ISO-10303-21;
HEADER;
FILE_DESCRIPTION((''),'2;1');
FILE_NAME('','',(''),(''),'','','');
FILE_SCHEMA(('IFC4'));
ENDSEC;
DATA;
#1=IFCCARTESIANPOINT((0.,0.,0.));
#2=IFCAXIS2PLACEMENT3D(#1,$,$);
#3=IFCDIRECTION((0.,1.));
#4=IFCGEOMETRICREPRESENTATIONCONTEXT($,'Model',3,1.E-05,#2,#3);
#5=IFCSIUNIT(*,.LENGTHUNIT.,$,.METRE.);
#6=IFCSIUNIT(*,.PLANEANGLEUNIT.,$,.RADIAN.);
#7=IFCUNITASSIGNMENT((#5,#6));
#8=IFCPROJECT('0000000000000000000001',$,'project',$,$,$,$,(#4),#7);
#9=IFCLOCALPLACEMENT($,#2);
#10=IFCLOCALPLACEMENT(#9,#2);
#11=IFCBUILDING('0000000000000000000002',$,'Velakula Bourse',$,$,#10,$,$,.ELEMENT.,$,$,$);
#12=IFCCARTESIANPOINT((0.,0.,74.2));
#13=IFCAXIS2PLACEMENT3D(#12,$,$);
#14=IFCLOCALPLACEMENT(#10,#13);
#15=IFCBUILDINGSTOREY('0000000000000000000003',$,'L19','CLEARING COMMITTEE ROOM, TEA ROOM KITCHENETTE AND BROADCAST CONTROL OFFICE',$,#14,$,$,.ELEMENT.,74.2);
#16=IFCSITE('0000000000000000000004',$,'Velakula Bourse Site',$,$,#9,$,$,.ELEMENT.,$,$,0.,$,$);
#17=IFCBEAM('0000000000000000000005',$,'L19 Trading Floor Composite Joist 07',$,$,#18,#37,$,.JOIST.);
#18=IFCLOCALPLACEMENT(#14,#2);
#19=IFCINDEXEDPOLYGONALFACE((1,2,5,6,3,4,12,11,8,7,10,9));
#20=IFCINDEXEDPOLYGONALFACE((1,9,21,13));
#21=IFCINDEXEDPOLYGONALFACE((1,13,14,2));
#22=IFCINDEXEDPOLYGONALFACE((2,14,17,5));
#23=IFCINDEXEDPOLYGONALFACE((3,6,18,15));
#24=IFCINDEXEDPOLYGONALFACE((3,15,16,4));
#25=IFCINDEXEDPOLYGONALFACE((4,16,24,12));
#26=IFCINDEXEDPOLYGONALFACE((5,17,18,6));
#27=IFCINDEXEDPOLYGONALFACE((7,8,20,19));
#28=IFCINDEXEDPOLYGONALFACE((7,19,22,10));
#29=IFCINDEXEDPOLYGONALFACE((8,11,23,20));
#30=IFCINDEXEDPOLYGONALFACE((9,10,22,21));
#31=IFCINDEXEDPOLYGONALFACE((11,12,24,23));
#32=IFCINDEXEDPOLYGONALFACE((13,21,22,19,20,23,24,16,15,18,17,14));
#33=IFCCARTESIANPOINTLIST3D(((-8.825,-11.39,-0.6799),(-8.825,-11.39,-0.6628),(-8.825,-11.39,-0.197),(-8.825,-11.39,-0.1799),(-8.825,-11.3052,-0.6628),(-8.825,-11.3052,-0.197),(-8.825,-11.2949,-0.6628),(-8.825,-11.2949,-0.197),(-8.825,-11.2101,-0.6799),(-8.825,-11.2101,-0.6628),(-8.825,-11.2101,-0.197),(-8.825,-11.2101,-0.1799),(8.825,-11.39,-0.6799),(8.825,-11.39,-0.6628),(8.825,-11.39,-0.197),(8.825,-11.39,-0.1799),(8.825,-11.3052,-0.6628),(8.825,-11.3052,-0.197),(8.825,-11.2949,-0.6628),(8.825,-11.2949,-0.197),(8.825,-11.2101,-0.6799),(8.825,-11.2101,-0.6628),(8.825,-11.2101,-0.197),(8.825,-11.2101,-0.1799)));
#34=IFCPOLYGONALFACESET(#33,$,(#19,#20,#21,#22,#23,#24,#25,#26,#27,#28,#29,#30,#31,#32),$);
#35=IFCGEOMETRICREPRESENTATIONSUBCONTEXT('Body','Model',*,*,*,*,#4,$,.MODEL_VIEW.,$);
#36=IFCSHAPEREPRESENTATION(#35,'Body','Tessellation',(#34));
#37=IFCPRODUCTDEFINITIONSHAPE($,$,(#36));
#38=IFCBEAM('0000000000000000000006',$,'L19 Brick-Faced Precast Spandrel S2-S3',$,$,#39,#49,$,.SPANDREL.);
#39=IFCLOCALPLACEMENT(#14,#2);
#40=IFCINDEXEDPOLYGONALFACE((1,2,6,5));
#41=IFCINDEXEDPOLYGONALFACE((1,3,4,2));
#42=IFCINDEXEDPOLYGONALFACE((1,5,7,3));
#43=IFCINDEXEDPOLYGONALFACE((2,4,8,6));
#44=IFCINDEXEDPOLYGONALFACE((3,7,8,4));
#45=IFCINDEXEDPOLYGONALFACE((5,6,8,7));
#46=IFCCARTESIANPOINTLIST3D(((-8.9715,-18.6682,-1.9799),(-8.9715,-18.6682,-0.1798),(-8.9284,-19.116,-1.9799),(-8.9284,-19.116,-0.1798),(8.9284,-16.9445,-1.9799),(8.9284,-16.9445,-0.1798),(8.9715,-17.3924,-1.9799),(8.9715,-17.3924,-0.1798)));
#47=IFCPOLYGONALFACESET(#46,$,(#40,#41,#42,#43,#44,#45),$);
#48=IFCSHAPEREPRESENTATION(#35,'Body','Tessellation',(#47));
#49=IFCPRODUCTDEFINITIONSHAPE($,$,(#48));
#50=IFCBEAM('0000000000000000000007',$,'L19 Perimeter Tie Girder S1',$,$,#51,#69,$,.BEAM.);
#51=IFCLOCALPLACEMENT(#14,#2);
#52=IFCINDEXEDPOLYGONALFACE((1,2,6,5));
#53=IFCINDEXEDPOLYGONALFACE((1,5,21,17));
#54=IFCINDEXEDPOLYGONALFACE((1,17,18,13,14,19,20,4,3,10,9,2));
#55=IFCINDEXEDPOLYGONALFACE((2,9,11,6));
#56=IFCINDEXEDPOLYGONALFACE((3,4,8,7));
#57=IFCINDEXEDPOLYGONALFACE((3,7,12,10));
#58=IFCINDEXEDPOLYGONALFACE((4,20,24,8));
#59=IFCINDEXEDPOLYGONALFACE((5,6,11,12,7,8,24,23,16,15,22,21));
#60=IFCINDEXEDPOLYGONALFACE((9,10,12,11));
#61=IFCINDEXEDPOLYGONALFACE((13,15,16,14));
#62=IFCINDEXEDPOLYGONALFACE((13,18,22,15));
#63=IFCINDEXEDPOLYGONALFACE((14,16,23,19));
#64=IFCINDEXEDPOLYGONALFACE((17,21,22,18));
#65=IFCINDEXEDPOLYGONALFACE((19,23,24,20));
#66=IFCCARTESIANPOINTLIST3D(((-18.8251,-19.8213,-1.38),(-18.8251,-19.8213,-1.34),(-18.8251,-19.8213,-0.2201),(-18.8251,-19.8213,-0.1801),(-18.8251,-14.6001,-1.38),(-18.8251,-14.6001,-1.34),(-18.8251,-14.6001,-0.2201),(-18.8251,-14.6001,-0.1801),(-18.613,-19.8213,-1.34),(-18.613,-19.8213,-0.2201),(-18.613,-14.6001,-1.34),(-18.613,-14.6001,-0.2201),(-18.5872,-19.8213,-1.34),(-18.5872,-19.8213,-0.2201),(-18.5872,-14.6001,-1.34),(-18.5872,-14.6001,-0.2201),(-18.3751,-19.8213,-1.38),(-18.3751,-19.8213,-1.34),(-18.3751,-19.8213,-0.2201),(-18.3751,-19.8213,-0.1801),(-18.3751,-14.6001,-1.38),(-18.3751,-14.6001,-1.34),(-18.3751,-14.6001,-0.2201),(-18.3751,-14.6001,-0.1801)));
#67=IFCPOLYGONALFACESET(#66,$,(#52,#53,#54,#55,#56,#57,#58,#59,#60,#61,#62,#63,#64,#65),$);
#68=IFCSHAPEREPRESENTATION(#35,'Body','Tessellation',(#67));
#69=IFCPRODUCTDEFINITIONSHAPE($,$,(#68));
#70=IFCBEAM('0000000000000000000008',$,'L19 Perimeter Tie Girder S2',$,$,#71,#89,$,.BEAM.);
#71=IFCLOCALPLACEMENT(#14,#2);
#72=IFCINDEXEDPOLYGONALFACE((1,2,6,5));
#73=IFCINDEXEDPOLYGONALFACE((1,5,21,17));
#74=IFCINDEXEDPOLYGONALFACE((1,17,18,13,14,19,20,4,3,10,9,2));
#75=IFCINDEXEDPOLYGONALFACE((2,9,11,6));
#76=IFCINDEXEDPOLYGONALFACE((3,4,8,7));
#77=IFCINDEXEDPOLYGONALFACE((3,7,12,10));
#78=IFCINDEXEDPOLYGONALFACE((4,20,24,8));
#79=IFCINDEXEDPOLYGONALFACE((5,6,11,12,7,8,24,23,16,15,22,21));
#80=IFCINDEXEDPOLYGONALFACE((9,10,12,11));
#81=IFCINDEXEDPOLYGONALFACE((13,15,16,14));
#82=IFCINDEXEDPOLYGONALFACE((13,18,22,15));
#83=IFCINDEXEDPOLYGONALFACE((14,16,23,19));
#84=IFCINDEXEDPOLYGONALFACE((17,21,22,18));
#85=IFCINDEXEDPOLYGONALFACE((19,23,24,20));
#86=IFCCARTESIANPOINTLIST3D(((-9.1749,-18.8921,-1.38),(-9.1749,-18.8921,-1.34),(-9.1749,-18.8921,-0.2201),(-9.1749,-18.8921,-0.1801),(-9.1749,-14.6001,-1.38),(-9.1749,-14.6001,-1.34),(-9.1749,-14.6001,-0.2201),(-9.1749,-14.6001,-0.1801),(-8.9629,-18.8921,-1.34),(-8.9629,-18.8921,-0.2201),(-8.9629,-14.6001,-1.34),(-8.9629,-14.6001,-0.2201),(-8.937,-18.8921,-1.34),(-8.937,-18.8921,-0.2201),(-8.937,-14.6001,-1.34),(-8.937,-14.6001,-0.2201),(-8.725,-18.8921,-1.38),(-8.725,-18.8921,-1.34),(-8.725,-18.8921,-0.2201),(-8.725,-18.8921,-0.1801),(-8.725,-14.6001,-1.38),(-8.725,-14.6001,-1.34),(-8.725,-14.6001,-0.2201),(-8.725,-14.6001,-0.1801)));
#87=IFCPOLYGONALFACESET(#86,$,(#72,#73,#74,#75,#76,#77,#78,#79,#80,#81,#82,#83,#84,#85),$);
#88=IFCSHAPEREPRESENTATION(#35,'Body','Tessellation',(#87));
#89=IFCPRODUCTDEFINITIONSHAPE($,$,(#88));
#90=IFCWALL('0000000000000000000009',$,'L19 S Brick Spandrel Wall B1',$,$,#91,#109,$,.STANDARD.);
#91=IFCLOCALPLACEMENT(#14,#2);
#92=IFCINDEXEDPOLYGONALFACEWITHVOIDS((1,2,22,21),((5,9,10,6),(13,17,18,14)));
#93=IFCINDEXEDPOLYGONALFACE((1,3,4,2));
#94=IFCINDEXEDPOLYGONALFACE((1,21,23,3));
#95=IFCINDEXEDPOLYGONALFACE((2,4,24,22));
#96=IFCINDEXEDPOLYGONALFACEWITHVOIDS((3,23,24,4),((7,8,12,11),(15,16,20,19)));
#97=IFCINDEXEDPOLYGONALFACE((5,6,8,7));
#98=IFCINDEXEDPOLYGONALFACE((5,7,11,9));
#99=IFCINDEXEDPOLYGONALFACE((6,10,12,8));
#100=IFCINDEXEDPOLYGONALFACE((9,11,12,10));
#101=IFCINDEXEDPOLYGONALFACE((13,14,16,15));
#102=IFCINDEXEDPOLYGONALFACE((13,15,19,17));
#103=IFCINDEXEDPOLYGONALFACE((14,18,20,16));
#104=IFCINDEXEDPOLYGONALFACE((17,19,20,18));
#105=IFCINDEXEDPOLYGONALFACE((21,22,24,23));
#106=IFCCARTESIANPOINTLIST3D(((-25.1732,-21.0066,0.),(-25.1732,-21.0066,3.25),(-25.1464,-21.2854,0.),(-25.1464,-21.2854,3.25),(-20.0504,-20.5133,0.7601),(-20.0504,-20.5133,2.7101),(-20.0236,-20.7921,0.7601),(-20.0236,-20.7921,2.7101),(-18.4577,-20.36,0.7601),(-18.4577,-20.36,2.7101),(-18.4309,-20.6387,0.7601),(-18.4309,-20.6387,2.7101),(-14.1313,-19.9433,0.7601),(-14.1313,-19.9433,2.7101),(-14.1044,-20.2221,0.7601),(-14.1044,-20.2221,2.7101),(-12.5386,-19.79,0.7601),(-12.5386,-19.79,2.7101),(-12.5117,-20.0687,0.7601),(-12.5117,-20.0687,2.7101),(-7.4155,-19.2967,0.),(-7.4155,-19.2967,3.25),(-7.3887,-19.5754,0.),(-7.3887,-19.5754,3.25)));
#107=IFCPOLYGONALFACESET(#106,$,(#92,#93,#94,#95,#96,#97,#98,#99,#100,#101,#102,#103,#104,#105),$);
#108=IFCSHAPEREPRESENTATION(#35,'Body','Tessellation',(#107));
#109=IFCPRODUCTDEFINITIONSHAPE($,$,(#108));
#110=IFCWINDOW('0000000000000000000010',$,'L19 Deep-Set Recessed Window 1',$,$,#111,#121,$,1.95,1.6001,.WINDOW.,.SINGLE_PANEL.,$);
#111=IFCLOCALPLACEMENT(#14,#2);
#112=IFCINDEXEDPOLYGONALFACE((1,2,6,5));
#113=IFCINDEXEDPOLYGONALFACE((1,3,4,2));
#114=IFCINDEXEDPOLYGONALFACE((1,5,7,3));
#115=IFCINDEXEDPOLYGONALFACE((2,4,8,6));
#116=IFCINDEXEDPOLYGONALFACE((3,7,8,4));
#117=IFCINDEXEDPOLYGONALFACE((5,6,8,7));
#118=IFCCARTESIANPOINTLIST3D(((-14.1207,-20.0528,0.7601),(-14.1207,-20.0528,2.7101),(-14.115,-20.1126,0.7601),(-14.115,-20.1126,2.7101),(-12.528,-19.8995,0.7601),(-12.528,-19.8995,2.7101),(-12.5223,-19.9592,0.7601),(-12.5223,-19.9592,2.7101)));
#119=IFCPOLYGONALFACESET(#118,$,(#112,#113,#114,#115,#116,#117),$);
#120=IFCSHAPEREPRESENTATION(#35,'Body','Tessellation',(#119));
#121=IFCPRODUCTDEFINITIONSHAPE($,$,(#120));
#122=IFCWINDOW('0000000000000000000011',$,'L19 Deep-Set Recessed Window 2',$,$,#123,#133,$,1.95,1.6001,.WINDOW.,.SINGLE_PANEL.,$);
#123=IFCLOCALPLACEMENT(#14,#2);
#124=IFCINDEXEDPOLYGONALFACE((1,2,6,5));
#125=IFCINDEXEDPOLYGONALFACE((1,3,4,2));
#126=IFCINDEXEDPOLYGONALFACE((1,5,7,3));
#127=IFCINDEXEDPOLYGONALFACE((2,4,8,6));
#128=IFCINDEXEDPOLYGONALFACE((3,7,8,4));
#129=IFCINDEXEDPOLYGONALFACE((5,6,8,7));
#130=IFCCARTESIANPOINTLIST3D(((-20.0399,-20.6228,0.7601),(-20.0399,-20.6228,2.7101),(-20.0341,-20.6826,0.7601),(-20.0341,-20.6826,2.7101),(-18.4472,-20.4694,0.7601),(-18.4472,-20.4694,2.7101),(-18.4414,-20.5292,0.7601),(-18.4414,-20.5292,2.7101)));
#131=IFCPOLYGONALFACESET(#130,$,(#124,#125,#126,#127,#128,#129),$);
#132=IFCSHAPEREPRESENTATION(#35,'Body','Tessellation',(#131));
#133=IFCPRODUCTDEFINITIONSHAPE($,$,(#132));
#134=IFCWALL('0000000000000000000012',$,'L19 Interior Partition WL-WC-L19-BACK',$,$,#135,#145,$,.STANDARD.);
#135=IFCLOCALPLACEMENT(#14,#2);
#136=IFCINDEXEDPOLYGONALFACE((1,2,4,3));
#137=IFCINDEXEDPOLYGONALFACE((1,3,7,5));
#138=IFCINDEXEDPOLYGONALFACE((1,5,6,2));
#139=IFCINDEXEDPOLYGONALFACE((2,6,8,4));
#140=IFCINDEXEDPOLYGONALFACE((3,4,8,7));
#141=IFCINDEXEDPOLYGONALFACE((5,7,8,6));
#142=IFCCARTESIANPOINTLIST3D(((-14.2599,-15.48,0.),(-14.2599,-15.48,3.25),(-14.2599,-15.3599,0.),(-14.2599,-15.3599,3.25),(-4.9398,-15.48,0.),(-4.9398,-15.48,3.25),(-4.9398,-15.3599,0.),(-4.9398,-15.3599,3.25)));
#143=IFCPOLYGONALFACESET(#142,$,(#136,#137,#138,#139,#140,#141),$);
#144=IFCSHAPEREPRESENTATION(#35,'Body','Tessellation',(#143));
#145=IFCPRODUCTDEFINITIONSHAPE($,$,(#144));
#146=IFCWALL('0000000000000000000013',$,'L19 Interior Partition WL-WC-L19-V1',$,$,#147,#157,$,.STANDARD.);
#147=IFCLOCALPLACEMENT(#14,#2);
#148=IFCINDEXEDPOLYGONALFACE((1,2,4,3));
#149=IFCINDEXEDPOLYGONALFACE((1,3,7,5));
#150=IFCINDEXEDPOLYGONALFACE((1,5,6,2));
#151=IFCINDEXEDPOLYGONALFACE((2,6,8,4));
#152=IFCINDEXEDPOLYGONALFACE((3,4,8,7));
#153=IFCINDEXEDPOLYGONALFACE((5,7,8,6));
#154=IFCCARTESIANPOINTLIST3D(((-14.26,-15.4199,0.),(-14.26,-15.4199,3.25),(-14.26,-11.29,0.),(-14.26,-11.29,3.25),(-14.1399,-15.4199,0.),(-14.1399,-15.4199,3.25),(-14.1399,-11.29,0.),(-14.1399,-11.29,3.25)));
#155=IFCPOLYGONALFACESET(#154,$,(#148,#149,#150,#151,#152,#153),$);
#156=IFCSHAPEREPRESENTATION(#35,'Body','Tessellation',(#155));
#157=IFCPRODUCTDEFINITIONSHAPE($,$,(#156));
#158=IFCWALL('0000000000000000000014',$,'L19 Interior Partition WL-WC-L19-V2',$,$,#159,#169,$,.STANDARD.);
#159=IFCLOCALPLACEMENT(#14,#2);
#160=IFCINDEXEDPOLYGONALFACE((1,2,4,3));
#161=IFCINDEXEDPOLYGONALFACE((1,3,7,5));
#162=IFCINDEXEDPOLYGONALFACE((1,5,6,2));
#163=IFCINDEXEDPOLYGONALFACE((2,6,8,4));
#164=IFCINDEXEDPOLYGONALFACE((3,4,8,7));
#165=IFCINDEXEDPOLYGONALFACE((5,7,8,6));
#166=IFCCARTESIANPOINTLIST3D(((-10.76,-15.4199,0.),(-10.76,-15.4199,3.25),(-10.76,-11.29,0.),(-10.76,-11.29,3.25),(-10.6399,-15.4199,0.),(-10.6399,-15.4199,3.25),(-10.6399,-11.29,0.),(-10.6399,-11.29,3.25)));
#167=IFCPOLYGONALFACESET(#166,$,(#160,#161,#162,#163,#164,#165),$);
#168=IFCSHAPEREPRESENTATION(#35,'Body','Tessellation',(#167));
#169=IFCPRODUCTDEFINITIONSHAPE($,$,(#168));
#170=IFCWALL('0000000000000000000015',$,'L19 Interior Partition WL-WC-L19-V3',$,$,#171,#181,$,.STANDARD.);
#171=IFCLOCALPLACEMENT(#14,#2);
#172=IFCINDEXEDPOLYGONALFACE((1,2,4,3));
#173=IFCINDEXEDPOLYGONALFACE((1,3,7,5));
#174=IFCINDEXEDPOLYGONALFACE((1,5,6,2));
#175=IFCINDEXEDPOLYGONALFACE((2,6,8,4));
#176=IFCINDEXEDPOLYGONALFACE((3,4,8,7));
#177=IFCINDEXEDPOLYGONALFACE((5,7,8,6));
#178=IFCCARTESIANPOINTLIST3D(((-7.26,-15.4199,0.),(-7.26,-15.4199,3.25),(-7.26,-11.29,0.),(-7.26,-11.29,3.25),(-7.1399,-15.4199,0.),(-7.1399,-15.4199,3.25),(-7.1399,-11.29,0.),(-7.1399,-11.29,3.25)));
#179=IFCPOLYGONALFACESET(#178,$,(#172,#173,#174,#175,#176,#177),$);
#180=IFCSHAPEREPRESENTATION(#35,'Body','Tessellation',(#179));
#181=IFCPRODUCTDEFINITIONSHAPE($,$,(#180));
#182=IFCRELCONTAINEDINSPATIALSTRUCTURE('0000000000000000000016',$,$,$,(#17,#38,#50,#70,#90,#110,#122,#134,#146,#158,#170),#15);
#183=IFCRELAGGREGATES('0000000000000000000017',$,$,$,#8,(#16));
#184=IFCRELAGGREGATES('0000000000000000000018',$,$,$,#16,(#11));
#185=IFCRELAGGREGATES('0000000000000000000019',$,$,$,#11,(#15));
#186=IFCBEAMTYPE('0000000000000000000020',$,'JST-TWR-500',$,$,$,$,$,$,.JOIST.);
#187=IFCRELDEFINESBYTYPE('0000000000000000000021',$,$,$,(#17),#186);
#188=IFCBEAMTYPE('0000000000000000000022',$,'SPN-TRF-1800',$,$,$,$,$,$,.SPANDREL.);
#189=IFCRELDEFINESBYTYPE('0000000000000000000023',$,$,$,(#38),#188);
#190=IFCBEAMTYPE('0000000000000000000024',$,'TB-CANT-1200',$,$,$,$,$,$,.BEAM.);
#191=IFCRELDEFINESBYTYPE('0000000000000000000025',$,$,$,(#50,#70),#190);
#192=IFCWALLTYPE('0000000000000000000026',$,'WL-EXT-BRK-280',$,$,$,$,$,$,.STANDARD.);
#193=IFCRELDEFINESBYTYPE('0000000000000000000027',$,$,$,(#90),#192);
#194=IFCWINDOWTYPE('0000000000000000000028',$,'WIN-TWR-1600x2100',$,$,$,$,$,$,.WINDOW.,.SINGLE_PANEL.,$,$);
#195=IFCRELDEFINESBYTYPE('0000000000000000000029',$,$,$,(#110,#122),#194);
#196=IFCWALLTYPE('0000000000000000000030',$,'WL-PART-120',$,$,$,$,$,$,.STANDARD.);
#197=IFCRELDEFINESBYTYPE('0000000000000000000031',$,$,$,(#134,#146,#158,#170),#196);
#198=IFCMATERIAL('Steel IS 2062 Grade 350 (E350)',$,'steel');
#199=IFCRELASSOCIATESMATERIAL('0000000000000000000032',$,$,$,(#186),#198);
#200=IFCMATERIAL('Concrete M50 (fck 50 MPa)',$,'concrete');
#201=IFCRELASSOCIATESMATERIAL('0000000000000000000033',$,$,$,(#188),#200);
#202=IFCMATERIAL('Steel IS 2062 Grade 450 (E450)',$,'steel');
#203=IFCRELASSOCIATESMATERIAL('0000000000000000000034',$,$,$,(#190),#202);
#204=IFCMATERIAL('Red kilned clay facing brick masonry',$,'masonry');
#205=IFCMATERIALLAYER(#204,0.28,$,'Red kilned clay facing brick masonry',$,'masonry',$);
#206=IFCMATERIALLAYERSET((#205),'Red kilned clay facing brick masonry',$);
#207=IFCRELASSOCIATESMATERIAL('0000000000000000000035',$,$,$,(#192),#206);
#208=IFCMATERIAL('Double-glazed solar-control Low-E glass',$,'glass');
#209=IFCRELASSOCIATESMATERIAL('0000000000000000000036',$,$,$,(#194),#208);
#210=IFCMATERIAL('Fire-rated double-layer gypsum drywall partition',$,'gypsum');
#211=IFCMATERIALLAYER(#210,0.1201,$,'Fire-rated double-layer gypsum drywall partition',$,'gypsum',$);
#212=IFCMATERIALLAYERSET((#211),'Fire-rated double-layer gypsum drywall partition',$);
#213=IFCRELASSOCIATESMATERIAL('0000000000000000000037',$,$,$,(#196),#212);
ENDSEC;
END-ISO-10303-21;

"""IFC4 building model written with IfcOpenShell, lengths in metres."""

from ifc_helpers import new_model, si_unit, direction, frame, frame_2d, origin, origin_2d, place, context, subcontext, project, spatial, rectangle, i_section, extrude, material, layer, layer_set, material_profile, profile_set, type_object, element, fill, save


model = new_model("IFC4")

# Units and contexts
model_context = context("Model", 3, precision=1e-05, world=origin(), true_north=direction((0.0, 1.0)))
body_context = subcontext(model_context, "Body", "Model", "MODEL_VIEW")
ifc_project = project(units=[si_unit("LENGTHUNIT", "METRE"), si_unit("PLANEANGLEUNIT", "RADIAN")], contexts=[model_context])

# Site, building, storey
site_placement = place(None, origin())
site = spatial("IfcSite", under=ifc_project, at=site_placement, Name="Velakula Bourse Site", CompositionType="ELEMENT", RefElevation=0.0)
building_placement = place(site_placement, origin())
building = spatial("IfcBuilding", under=site, at=building_placement, Name="Velakula Bourse", CompositionType="ELEMENT")
storey_placement = place(building_placement, frame((0.0, 0.0, 74.2)))
storey = spatial("IfcBuildingStorey", under=building, at=storey_placement, Name="L19", Description="CLEARING COMMITTEE ROOM, TEA ROOM KITCHENETTE AND BROADCAST CONTROL OFFICE", CompositionType="ELEMENT", Elevation=74.2)

# Shared definitions
ifc_material_1 = material(Name="Steel IS 2062 Grade 450 (E450)", Category="steel")

# Beams
ifc_material_2 = material(Name="Steel IS 2062 Grade 350 (E350)", Category="steel")
ifc_material_profile_1 = material_profile(ifc_material_2, i_section(OverallWidth=0.1799, OverallDepth=0.5, WebThickness=0.0103, FlangeThickness=0.0171, at=origin_2d()), Name="Steel IS 2062 Grade 350 (E350)")
ifc_profile_set_1 = profile_set([ifc_material_profile_1], Name="Steel IS 2062 Grade 350 (E350)")
beam_type_1 = type_object("IfcBeamType", Name="JST-TWR-500", PredefinedType="JOIST", material=ifc_profile_set_1)
beam_1_placement = place(storey_placement, frame((-8.825, -11.3, -0.4299), z_axis=(1.0, 0.0, 0.0), x_axis=(0.0, 1.0, 0.0)))
element("IfcBeam", 1, at=beam_1_placement, inside=storey, type_object=beam_type_1, Name="L19 Trading Floor Composite Joist 07", PredefinedType="JOIST", context=body_context, shape_type="SweptSolid", body=[
    extrude(i_section(OverallWidth=0.1799, OverallDepth=0.5, WebThickness=0.0103, FlangeThickness=0.0171, at=origin_2d()), origin(), (0.0, 0.0, 1.0), 17.6499),
])
ifc_material_3 = material(Name="Concrete M50 (fck 50 MPa)", Category="concrete")
ifc_material_profile_2 = material_profile(ifc_material_3, rectangle(XDim=0.45, YDim=1.8, at=origin_2d()), Name="Concrete M50 (fck 50 MPa)")
ifc_profile_set_2 = profile_set([ifc_material_profile_2], Name="Concrete M50 (fck 50 MPa)")
beam_type_2 = type_object("IfcBeamType", Name="SPN-TRF-1800", PredefinedType="SPANDREL", material=ifc_profile_set_2)
beam_2_placement = place(storey_placement, frame((-8.95, -18.8921, -1.0798), z_axis=(0.995396, 0.09585, 0.0), x_axis=(-0.09585, 0.995396, 0.0)))
element("IfcBeam", 2, at=beam_2_placement, inside=storey, type_object=beam_type_2, Name="L19 Brick-Faced Precast Spandrel S2-S3", PredefinedType="SPANDREL", context=body_context, shape_type="SweptSolid", body=[
    extrude(rectangle(XDim=0.45, YDim=1.8, at=origin_2d()), origin(), (0.0, 0.0, 1.0), 17.9827),
])
ifc_material_profile_3 = material_profile(ifc_material_1, i_section(OverallWidth=0.45, OverallDepth=1.2, WebThickness=0.0259, FlangeThickness=0.04, at=origin_2d()), Name="Steel IS 2062 Grade 450 (E450)")
ifc_profile_set_3 = profile_set([ifc_material_profile_3], Name="Steel IS 2062 Grade 450 (E450)")
beam_type_3 = type_object("IfcBeamType", Name="TB-CANT-1200", PredefinedType="BEAM", material=ifc_profile_set_3)
beam_3_placement = place(storey_placement, frame((-18.6001, -14.6001, -0.78), z_axis=(0.0, -1.0, 0.0), x_axis=(1.0, 0.0, 0.0)))
element("IfcBeam", 3, at=beam_3_placement, inside=storey, type_object=beam_type_3, Name="L19 Perimeter Tie Girder S1", PredefinedType="BEAM", context=body_context, shape_type="SweptSolid", body=[
    extrude(i_section(OverallWidth=0.45, OverallDepth=1.2, WebThickness=0.0259, FlangeThickness=0.04, at=origin_2d()), origin(), (0.0, 0.0, 1.0), 5.2212),
])
beam_4_placement = place(storey_placement, frame((-8.95, -14.6001, -0.78), z_axis=(0.0, -1.0, 0.0), x_axis=(1.0, 0.0, 0.0)))
element("IfcBeam", 4, at=beam_4_placement, inside=storey, type_object=beam_type_3, Name="L19 Perimeter Tie Girder S2", PredefinedType="BEAM", context=body_context, shape_type="SweptSolid", body=[
    extrude(i_section(OverallWidth=0.45, OverallDepth=1.2, WebThickness=0.0259, FlangeThickness=0.04, at=origin_2d()), origin(), (0.0, 0.0, 1.0), 4.292),
])

# Wall, openings, windows
ifc_material_4 = material(Name="Red kilned clay facing brick masonry", Category="masonry")
ifc_layer_1 = layer(ifc_material_4, 0.28, Name="Red kilned clay facing brick masonry", Category="masonry")
ifc_layer_set_1 = layer_set([ifc_layer_1], Name="Red kilned clay facing brick masonry")
wall_type_1 = type_object("IfcWallType", Name="WL-EXT-BRK-280", PredefinedType="STANDARD", material=ifc_layer_set_1)
wall_1_placement = place(storey_placement, frame((-7.4021, -19.436, 0.0), z_axis=(0.0, 0.0, 1.0), x_axis=(-0.995396, -0.09585, 0.0)))
wall_1 = element("IfcWall", 5, at=wall_1_placement, inside=storey, type_object=wall_type_1, Name="L19 S Brick Spandrel Wall B1", PredefinedType="STANDARD", context=body_context, shape_type="SweptSolid", body=[
    extrude(rectangle(XDim=17.8398, YDim=0.28, at=frame_2d((8.9199, 0.0))), origin(), (0.0, 0.0, 1.0), 3.25),
])
opening_1_placement = place(wall_1_placement, frame((5.1467, 0.0, 0.76)))
opening_1 = element("IfcOpeningElement", 6, at=opening_1_placement, cuts=wall_1, PredefinedType="OPENING", context=body_context, shape_type="SweptSolid", body=[
    extrude(rectangle(XDim=1.6001, YDim=1.95, at=frame_2d((0.8, 0.9751))), frame((0.0, 0.1499, 0.0), z_axis=(0.0, -1.0, 0.0), x_axis=(1.0, 0.0, 0.0)), (0.0, 0.0, 1.0), 0.3),
])
opening_2_placement = place(wall_1_placement, frame((11.0933, 0.0, 0.76)))
opening_2 = element("IfcOpeningElement", 7, at=opening_2_placement, cuts=wall_1, PredefinedType="OPENING", context=body_context, shape_type="SweptSolid", body=[
    extrude(rectangle(XDim=1.6001, YDim=1.95, at=frame_2d((0.8, 0.9751))), frame((0.0, 0.1499, 0.0), z_axis=(0.0, -1.0, 0.0), x_axis=(1.0, 0.0, 0.0)), (0.0, 0.0, 1.0), 0.3),
])
ifc_material_5 = material(Name="Double-glazed solar-control Low-E glass", Category="glass")
window_type = type_object("IfcWindowType", Name="WIN-TWR-1600x2100", PartitioningType="SINGLE_PANEL", PredefinedType="WINDOW", material=ifc_material_5)
window_1_placement = place(opening_1_placement, origin())
window_1 = element("IfcWindow", 8, at=window_1_placement, inside=storey, type_object=window_type, Name="L19 Deep-Set Recessed Window 1", OverallHeight=1.95, OverallWidth=1.6001, PartitioningType="SINGLE_PANEL", PredefinedType="WINDOW", context=body_context, shape_type="SweptSolid", body=[
    extrude(rectangle(XDim=1.6001, YDim=1.95, at=frame_2d((0.8, 0.9751))), frame((0.0, 0.03, 0.0), z_axis=(0.0, -1.0, 0.0), x_axis=(1.0, 0.0, 0.0)), (0.0, 0.0, 1.0), 0.0601),
])
fill(opening_1, window_1)
window_2_placement = place(opening_2_placement, origin())
window_2 = element("IfcWindow", 9, at=window_2_placement, inside=storey, type_object=window_type, Name="L19 Deep-Set Recessed Window 2", OverallHeight=1.95, OverallWidth=1.6001, PartitioningType="SINGLE_PANEL", PredefinedType="WINDOW", context=body_context, shape_type="SweptSolid", body=[
    extrude(rectangle(XDim=1.6001, YDim=1.95, at=frame_2d((0.8, 0.9751))), frame((0.0, 0.03, 0.0), z_axis=(0.0, -1.0, 0.0), x_axis=(1.0, 0.0, 0.0)), (0.0, 0.0, 1.0), 0.0601),
])
fill(opening_2, window_2)

# Walls
ifc_material_6 = material(Name="Fire-rated double-layer gypsum drywall partition", Category="gypsum")
ifc_layer_2 = layer(ifc_material_6, 0.1201, Name="Fire-rated double-layer gypsum drywall partition", Category="gypsum")
ifc_layer_set_2 = layer_set([ifc_layer_2], Name="Fire-rated double-layer gypsum drywall partition")
wall_type_2 = type_object("IfcWallType", Name="WL-PART-120", PredefinedType="STANDARD", material=ifc_layer_set_2)
wall_2_placement = place(storey_placement, frame((-14.26, -15.4199, 0.0), z_axis=(0.0, 0.0, 1.0), x_axis=(1.0, 0.0, 0.0)))
element("IfcWall", 10, at=wall_2_placement, inside=storey, type_object=wall_type_2, Name="L19 Interior Partition WL-WC-L19-BACK", PredefinedType="STANDARD", context=body_context, shape_type="SweptSolid", body=[
    extrude(rectangle(XDim=9.3201, YDim=0.1201, at=frame_2d((4.6602, 0.0))), origin(), (0.0, 0.0, 1.0), 3.25),
])
for number, where, z_axis, x_axis, name in (
    (11, (-14.2, -15.4199, 0.0), (0.0, 0.0, 1.0), (0.0, 1.0, 0.0), "L19 Interior Partition WL-WC-L19-V1"),
    (12, (-10.7, -15.4199, 0.0), (0.0, 0.0, 1.0), (0.0, 1.0, 0.0), "L19 Interior Partition WL-WC-L19-V2"),
    (13, (-7.2, -15.4199, 0.0), (0.0, 0.0, 1.0), (0.0, 1.0, 0.0), "L19 Interior Partition WL-WC-L19-V3"),
):
    element("IfcWall", number, at=place(storey_placement, frame(where, z_axis=z_axis, x_axis=x_axis)), inside=storey, type_object=wall_type_2, Name=name, PredefinedType="STANDARD", context=body_context, shape_type="SweptSolid", body=[
        extrude(rectangle(XDim=4.1299, YDim=0.1201, at=frame_2d((2.0649, 0.0))), origin(), (0.0, 0.0, 1.0), 3.25),
    ])

save(model, "model.ifc")
